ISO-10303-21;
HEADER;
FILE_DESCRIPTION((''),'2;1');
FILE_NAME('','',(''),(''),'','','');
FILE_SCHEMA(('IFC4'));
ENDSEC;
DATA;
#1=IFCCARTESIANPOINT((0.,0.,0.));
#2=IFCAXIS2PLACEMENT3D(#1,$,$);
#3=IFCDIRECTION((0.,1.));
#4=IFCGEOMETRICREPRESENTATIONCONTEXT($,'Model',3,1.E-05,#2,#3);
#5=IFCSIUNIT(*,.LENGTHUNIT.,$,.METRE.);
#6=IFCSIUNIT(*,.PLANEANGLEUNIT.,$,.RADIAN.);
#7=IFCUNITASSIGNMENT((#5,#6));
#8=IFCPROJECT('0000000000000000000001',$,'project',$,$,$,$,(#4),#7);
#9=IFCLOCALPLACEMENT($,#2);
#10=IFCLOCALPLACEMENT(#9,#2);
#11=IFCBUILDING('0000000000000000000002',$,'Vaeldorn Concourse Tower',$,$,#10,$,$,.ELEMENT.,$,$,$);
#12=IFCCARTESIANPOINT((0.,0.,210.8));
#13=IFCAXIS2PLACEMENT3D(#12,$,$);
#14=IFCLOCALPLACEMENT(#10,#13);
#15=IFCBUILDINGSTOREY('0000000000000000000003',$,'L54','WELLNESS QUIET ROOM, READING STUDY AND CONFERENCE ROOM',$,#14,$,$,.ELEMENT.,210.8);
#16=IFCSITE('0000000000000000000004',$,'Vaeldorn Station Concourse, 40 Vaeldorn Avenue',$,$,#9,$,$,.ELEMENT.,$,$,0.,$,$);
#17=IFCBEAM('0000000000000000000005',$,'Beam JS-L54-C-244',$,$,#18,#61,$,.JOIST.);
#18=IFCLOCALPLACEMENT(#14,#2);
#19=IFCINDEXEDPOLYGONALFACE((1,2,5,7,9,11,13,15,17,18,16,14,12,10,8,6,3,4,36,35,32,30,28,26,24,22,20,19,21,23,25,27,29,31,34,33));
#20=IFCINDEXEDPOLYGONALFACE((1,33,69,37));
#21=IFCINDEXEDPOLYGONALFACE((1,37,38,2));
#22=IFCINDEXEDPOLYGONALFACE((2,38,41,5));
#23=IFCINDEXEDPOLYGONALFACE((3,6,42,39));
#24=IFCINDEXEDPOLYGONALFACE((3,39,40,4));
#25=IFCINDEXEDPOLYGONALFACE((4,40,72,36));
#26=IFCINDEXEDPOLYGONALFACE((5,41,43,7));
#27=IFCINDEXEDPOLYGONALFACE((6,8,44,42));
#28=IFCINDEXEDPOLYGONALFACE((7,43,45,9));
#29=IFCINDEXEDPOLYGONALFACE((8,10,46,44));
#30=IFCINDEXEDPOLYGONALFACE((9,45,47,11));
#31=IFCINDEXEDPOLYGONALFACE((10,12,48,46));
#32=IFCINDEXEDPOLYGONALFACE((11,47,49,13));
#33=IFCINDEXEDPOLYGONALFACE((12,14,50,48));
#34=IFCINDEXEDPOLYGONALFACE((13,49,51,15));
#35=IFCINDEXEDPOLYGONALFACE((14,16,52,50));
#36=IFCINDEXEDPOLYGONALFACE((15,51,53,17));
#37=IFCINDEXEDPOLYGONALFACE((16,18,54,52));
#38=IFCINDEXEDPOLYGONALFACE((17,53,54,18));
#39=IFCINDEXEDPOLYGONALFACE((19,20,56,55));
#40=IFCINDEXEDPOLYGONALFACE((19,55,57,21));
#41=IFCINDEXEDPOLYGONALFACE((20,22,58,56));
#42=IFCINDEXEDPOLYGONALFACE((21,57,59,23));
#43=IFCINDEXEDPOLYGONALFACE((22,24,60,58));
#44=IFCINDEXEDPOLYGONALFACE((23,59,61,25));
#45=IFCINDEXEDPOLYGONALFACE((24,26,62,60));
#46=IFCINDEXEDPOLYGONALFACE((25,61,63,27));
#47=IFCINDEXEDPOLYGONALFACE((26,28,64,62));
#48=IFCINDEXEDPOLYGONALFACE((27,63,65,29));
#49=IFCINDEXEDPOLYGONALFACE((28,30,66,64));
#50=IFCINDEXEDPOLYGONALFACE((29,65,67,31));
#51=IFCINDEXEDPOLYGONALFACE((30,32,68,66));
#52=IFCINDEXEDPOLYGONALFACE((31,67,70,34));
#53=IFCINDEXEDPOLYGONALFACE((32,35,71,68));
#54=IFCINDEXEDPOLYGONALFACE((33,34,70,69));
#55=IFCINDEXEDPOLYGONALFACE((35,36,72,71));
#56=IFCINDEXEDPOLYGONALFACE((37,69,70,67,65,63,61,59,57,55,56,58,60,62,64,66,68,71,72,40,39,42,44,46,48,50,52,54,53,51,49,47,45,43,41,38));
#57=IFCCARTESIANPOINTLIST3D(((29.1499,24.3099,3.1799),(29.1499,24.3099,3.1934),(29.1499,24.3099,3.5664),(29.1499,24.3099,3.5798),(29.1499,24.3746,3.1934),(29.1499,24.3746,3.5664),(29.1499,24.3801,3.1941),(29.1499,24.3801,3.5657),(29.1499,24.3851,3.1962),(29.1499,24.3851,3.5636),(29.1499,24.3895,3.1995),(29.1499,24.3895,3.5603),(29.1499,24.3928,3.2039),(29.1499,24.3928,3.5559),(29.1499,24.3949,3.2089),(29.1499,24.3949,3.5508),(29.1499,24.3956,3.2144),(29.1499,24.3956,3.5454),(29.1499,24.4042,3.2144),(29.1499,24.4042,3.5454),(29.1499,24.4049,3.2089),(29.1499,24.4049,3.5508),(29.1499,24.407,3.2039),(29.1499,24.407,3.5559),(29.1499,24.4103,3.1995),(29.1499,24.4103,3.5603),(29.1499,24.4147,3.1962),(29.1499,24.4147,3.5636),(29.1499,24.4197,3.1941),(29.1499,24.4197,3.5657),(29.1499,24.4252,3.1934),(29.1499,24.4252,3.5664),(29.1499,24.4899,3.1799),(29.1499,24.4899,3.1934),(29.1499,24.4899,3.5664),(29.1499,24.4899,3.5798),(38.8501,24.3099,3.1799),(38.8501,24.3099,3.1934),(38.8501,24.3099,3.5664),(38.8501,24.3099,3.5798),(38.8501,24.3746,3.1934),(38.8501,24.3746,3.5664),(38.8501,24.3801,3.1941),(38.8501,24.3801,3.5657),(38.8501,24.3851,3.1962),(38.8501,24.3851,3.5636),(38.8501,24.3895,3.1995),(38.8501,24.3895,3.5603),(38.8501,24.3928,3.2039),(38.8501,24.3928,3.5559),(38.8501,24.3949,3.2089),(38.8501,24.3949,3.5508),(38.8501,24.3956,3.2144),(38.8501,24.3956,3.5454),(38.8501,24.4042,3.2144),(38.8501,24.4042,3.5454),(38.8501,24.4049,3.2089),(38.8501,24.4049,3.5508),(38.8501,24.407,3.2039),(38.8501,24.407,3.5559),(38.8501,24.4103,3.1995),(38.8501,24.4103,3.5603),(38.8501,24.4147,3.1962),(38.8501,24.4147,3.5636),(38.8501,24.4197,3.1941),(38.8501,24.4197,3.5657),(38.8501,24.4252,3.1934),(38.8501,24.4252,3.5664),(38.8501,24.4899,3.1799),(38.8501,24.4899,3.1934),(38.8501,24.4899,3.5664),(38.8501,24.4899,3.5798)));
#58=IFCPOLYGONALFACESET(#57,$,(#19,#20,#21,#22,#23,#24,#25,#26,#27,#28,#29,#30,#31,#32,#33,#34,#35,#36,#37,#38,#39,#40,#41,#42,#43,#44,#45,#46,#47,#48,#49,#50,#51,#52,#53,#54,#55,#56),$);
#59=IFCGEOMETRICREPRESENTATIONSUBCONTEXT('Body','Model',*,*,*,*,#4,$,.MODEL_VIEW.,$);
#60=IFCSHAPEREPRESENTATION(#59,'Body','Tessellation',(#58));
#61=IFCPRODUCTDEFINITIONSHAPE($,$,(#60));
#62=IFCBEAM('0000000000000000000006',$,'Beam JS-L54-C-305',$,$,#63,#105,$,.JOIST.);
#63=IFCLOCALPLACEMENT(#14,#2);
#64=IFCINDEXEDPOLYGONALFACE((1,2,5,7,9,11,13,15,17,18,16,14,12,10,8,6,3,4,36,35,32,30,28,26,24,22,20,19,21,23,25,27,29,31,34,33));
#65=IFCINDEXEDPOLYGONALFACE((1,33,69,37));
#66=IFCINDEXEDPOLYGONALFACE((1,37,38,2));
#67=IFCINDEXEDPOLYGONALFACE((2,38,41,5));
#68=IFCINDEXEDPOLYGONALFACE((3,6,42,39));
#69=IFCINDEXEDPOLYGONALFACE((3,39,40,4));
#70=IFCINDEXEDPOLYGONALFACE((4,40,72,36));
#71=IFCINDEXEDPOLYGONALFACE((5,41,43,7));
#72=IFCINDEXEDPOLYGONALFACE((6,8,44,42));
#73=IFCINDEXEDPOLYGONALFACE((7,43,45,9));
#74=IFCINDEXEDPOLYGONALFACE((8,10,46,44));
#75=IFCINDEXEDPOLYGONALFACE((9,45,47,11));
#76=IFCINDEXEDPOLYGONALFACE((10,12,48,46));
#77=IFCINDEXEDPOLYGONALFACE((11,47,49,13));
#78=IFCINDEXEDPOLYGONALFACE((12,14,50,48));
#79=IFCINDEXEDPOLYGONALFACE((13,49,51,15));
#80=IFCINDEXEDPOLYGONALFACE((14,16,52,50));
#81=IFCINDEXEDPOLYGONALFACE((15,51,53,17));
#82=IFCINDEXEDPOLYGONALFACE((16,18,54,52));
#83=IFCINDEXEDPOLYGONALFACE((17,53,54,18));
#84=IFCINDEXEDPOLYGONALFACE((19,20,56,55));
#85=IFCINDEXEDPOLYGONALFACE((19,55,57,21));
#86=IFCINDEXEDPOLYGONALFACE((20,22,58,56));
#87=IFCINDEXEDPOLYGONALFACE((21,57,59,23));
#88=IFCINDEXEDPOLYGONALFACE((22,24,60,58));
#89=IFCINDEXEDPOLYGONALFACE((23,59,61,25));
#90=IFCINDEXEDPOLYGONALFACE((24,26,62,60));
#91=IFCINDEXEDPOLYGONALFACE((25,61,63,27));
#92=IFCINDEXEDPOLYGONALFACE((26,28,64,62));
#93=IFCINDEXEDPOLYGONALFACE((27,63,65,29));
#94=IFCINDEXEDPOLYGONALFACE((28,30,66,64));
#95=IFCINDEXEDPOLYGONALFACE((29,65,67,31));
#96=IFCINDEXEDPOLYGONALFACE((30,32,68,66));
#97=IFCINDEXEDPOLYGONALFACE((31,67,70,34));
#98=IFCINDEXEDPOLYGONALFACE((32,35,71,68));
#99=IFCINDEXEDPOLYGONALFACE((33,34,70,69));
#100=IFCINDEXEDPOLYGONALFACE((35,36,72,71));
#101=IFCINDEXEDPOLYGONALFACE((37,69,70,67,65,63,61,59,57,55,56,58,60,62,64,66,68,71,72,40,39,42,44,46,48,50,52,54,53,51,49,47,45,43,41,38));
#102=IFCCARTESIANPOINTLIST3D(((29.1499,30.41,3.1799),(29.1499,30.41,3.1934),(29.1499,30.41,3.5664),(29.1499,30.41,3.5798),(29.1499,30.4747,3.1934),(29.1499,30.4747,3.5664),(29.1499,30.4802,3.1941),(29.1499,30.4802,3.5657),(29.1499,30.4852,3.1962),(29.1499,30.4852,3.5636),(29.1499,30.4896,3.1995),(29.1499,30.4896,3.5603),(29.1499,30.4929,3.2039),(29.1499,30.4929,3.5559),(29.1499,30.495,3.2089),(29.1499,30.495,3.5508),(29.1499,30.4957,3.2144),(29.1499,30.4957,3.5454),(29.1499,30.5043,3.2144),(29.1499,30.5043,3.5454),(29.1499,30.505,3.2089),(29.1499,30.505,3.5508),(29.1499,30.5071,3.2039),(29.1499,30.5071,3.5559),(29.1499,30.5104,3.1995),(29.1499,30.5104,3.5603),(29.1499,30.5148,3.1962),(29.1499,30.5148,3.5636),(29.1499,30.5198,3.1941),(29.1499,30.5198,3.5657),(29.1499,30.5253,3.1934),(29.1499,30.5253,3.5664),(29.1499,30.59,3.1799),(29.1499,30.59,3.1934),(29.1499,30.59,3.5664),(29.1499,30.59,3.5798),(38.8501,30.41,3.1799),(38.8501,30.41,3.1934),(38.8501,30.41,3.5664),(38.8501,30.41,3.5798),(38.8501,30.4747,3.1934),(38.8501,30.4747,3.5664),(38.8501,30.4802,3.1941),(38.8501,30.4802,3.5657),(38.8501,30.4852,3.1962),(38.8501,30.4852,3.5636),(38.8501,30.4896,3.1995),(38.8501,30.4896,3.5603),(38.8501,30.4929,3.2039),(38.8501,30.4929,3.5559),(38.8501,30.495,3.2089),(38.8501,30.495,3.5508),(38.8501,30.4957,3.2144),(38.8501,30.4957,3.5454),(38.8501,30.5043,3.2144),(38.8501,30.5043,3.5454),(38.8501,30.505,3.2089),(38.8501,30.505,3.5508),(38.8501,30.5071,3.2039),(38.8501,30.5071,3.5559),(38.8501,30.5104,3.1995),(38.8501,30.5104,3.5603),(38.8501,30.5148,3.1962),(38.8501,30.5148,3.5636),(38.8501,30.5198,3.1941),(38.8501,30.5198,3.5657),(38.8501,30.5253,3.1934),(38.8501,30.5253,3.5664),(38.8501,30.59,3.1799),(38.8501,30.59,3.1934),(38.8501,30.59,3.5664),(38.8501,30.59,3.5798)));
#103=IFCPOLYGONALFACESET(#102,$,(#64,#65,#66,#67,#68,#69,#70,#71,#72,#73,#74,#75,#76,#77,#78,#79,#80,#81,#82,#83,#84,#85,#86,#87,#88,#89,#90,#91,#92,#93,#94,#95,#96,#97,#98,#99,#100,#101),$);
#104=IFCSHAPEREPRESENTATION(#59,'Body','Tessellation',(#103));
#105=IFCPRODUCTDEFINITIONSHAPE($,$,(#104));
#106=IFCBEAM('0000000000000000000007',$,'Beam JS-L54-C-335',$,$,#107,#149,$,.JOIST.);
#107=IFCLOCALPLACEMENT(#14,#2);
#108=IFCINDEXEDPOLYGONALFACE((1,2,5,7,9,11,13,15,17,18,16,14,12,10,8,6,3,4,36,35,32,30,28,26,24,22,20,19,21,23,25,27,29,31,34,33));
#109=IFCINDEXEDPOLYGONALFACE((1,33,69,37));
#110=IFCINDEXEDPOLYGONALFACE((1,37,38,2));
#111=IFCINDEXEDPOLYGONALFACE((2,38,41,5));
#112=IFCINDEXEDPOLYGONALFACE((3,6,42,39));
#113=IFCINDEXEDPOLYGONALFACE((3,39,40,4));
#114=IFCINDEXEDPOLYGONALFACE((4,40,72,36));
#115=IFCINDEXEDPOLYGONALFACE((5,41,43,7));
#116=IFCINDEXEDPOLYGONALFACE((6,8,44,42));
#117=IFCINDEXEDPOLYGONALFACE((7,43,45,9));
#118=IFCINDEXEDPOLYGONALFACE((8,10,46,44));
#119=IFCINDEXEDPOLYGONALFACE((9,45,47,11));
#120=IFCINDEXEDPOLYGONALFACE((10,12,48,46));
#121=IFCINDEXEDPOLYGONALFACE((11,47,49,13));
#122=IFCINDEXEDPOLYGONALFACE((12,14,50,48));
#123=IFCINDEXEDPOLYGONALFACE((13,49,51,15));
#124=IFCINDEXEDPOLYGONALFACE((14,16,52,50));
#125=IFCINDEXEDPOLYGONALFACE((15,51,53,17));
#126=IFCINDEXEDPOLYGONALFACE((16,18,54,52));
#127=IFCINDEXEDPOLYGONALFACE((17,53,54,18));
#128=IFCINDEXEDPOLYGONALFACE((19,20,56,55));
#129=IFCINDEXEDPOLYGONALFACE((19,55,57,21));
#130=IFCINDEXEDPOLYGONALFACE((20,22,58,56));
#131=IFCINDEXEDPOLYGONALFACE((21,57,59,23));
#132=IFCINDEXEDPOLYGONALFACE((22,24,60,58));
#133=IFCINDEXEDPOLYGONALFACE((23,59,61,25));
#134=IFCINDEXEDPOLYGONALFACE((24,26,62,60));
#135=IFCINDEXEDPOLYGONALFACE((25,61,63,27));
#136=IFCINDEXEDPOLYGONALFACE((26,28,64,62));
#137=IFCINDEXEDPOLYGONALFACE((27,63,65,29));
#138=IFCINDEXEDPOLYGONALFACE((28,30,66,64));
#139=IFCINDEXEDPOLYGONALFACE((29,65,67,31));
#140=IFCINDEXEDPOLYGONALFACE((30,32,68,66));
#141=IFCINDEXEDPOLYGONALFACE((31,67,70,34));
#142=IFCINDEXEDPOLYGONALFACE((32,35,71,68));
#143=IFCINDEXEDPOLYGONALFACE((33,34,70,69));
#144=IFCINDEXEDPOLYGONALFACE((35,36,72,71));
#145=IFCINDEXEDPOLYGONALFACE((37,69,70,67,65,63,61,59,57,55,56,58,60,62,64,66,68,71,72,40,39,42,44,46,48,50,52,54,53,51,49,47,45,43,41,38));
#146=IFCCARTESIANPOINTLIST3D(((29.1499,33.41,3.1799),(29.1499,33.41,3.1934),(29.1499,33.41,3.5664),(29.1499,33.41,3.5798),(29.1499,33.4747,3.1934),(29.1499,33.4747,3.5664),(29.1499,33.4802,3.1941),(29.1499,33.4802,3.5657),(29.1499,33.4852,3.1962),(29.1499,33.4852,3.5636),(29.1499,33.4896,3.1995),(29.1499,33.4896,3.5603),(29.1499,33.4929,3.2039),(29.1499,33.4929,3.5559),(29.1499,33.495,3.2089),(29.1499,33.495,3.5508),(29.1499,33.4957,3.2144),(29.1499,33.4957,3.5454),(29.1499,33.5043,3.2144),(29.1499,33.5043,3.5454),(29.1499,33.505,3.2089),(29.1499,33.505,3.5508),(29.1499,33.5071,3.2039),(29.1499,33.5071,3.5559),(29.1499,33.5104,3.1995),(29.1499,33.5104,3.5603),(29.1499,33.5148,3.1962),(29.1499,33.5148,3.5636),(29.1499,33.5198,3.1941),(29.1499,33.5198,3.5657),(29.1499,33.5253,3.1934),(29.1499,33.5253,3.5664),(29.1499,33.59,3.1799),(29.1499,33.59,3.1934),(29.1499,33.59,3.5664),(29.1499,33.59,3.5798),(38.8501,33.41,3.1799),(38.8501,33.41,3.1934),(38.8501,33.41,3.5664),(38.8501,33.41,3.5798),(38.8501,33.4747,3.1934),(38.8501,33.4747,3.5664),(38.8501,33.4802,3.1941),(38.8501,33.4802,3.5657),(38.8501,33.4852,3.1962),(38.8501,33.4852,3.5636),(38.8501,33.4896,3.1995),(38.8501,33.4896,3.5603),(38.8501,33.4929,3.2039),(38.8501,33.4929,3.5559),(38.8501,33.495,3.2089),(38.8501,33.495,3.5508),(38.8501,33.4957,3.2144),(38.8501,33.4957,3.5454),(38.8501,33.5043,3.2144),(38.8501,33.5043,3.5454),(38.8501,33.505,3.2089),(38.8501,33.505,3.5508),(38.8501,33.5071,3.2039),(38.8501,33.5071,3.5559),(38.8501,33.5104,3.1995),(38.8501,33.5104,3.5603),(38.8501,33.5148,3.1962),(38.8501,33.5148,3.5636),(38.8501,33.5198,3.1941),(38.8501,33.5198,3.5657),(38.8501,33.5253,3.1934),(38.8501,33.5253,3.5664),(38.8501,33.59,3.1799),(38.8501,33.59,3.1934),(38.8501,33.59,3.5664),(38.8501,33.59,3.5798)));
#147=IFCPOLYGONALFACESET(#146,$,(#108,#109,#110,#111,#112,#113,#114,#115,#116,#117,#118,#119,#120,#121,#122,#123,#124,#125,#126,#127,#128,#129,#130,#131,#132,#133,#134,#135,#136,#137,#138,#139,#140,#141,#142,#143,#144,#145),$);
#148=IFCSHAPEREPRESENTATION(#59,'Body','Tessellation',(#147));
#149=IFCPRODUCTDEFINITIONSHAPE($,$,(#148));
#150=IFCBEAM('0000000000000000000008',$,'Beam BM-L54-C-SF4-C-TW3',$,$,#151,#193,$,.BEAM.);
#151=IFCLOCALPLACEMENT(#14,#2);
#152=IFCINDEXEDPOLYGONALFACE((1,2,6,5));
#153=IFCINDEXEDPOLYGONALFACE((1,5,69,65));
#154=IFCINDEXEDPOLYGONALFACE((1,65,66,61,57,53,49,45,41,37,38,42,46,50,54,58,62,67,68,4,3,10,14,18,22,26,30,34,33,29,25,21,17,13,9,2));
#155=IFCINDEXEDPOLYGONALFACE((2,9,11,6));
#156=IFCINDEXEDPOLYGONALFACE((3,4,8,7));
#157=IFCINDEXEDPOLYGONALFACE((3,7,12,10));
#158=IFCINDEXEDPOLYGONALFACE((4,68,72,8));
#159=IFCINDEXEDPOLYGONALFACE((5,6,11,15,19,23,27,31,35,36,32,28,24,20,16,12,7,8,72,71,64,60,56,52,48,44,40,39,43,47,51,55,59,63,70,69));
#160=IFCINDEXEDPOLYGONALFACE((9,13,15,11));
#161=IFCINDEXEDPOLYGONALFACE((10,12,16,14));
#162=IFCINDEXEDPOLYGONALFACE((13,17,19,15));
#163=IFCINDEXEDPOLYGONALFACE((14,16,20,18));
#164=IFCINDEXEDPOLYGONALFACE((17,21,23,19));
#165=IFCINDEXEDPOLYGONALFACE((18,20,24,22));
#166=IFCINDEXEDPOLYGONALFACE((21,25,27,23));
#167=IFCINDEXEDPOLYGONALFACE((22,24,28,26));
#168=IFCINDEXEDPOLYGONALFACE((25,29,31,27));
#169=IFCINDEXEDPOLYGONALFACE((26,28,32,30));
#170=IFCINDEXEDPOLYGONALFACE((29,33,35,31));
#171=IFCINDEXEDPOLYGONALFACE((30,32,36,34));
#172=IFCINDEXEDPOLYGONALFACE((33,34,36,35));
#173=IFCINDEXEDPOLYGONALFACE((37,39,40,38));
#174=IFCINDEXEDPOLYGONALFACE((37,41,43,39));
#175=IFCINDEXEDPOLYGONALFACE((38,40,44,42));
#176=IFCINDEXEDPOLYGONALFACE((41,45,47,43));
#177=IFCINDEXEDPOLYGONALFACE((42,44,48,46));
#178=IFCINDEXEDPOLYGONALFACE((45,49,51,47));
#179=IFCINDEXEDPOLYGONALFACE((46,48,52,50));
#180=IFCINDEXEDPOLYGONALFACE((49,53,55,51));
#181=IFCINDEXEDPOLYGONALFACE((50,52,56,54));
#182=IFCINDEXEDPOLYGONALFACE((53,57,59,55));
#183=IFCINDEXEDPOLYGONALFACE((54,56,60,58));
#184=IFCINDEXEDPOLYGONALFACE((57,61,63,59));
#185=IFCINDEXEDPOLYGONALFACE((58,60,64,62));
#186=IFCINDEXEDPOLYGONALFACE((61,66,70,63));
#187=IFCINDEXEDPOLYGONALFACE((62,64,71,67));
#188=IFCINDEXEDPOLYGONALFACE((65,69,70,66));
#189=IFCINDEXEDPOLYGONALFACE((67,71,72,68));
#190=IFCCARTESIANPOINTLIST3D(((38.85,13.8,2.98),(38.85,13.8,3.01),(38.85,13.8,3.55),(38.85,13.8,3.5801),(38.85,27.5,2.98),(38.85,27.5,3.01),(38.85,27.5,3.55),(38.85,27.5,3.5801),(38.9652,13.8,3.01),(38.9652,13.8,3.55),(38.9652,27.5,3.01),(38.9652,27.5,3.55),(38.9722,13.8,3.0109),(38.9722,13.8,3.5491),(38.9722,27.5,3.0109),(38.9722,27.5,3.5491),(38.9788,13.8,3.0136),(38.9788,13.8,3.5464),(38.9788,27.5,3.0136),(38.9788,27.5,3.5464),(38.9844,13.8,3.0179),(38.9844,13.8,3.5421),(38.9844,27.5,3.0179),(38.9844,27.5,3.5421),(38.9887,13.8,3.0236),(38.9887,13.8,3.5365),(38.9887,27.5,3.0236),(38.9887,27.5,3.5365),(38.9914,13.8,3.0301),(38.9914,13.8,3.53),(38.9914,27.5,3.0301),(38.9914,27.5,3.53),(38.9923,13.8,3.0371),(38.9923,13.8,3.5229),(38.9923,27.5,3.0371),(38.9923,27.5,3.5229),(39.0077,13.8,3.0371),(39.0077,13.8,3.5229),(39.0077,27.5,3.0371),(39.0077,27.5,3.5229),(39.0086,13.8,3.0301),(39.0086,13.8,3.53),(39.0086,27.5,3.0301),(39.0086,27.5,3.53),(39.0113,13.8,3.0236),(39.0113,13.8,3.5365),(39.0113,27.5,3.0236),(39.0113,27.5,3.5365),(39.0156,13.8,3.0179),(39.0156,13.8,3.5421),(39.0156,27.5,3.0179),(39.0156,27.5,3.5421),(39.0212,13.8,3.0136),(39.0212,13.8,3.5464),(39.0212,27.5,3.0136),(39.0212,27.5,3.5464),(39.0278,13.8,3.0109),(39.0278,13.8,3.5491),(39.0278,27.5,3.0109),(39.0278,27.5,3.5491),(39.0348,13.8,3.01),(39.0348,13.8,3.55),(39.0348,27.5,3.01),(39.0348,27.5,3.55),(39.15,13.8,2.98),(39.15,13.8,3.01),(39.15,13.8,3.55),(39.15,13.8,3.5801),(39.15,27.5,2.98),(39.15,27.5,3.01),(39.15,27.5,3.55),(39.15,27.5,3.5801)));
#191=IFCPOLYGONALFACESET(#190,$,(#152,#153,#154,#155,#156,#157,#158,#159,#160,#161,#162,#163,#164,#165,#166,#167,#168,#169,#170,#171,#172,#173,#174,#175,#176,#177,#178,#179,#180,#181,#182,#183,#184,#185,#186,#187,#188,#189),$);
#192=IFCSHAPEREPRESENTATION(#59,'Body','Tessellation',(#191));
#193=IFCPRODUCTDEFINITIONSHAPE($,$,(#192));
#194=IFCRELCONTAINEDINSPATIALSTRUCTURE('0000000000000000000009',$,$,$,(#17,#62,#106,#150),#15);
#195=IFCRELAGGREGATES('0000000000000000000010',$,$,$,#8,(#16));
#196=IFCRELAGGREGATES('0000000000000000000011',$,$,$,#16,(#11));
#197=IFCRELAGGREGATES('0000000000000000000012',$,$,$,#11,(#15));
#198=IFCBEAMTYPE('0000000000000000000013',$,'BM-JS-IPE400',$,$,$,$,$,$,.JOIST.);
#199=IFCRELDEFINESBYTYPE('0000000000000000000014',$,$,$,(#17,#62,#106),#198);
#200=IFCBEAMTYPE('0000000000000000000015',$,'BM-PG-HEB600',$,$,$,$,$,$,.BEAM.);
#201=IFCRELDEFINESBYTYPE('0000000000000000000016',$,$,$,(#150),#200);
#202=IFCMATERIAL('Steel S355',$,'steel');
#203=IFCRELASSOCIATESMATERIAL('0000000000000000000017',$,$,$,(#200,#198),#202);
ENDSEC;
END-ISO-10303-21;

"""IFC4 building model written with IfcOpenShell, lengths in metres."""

from ifc_helpers import new_model, si_unit, direction, frame, origin, origin_2d, place, context, subcontext, project, spatial, i_section, extrude, source, transform, mapped, material, material_profile, profile_set, type_object, element, save


model = new_model("IFC4")

# Units and contexts
model_context = context("Model", 3, precision=1e-05, world=origin(), true_north=direction((0.0, 1.0)))
body_context = subcontext(model_context, "Body", "Model", "MODEL_VIEW")
ifc_project = project(units=[si_unit("LENGTHUNIT", "METRE"), si_unit("PLANEANGLEUNIT", "RADIAN")], contexts=[model_context])

# Site, building, storey
site_placement = place(None, origin())
site = spatial("IfcSite", under=ifc_project, at=site_placement, Name="Vaeldorn Station Concourse, 40 Vaeldorn Avenue", CompositionType="ELEMENT", RefElevation=0.0)
building_placement = place(site_placement, origin())
building = spatial("IfcBuilding", under=site, at=building_placement, Name="Vaeldorn Concourse Tower", CompositionType="ELEMENT")
storey_placement = place(building_placement, frame((0.0, 0.0, 210.8)))
storey = spatial("IfcBuildingStorey", under=building, at=storey_placement, Name="L54", Description="WELLNESS QUIET ROOM, READING STUDY AND CONFERENCE ROOM", CompositionType="ELEMENT", Elevation=210.8)

# Shared definitions
ifc_material_1 = material(Name="Steel S355", Category="steel")

# Beams
ifc_material_profile_1 = material_profile(ifc_material_1, i_section(OverallWidth=0.3, OverallDepth=0.6001, WebThickness=0.0154, FlangeThickness=0.03, FilletRadius=0.0271, at=origin_2d()), Name="HEB 600")
ifc_profile_set_1 = profile_set([ifc_material_profile_1], Name="Steel S355")
beam_type_1 = type_object("IfcBeamType", Name="BM-PG-HEB600", PredefinedType="BEAM", material=ifc_profile_set_1)
ifc_material_profile_2 = material_profile(ifc_material_1, i_section(OverallWidth=0.1799, OverallDepth=0.3999, WebThickness=0.0085, FlangeThickness=0.0134, FilletRadius=0.021, at=origin_2d()), Name="IPE 400")
ifc_profile_set_2 = profile_set([ifc_material_profile_2], Name="Steel S355")
beam_type_2 = type_object("IfcBeamType", Name="BM-JS-IPE400", PredefinedType="JOIST", material=ifc_profile_set_2)
shared_shape_1 = source(origin(), body_context, "Body", "SweptSolid", [
    extrude(i_section(OverallWidth=0.1799, OverallDepth=0.3999, WebThickness=0.0085, FlangeThickness=0.0134, FilletRadius=0.021, at=origin_2d()), origin(), (0.0, 0.0, 1.0), 9.7002),
])
for number, where, z_axis, x_axis, name in (
    (1, (29.1499, 24.3999, 3.3799), (1.0, 0.0, 0.0), (0.0, 1.0, 0.0), "Beam JS-L54-C-244"),
    (2, (29.1499, 30.5, 3.3799), (1.0, 0.0, 0.0), (0.0, 1.0, 0.0), "Beam JS-L54-C-305"),
    (3, (29.1499, 33.5, 3.3799), (1.0, 0.0, 0.0), (0.0, 1.0, 0.0), "Beam JS-L54-C-335"),
):
    element("IfcBeam", number, at=place(storey_placement, frame(where, z_axis=z_axis, x_axis=x_axis)), inside=storey, type_object=beam_type_2, Name=name, PredefinedType="JOIST", context=body_context, shape_type="MappedRepresentation", body=[
        mapped(shared_shape_1, transform((0.0, 0.0, 0.0), scale=1.0)),
    ])
shared_shape_2 = source(origin(), body_context, "Body", "SweptSolid", [
    extrude(i_section(OverallWidth=0.3, OverallDepth=0.6001, WebThickness=0.0154, FlangeThickness=0.03, FilletRadius=0.0271, at=origin_2d()), origin(), (0.0, 0.0, 1.0), 13.7),
])
beam_1_placement = place(storey_placement, frame((39.0, 13.8, 3.28), z_axis=(0.0, 1.0, 0.0), x_axis=(-1.0, 0.0, 0.0)))
element("IfcBeam", 4, at=beam_1_placement, inside=storey, type_object=beam_type_1, Name="Beam BM-L54-C-SF4-C-TW3", PredefinedType="BEAM", context=body_context, shape_type="MappedRepresentation", body=[
    mapped(shared_shape_2, transform((0.0, 0.0, 0.0), scale=1.0)),
])

save(model, "model.ifc")
